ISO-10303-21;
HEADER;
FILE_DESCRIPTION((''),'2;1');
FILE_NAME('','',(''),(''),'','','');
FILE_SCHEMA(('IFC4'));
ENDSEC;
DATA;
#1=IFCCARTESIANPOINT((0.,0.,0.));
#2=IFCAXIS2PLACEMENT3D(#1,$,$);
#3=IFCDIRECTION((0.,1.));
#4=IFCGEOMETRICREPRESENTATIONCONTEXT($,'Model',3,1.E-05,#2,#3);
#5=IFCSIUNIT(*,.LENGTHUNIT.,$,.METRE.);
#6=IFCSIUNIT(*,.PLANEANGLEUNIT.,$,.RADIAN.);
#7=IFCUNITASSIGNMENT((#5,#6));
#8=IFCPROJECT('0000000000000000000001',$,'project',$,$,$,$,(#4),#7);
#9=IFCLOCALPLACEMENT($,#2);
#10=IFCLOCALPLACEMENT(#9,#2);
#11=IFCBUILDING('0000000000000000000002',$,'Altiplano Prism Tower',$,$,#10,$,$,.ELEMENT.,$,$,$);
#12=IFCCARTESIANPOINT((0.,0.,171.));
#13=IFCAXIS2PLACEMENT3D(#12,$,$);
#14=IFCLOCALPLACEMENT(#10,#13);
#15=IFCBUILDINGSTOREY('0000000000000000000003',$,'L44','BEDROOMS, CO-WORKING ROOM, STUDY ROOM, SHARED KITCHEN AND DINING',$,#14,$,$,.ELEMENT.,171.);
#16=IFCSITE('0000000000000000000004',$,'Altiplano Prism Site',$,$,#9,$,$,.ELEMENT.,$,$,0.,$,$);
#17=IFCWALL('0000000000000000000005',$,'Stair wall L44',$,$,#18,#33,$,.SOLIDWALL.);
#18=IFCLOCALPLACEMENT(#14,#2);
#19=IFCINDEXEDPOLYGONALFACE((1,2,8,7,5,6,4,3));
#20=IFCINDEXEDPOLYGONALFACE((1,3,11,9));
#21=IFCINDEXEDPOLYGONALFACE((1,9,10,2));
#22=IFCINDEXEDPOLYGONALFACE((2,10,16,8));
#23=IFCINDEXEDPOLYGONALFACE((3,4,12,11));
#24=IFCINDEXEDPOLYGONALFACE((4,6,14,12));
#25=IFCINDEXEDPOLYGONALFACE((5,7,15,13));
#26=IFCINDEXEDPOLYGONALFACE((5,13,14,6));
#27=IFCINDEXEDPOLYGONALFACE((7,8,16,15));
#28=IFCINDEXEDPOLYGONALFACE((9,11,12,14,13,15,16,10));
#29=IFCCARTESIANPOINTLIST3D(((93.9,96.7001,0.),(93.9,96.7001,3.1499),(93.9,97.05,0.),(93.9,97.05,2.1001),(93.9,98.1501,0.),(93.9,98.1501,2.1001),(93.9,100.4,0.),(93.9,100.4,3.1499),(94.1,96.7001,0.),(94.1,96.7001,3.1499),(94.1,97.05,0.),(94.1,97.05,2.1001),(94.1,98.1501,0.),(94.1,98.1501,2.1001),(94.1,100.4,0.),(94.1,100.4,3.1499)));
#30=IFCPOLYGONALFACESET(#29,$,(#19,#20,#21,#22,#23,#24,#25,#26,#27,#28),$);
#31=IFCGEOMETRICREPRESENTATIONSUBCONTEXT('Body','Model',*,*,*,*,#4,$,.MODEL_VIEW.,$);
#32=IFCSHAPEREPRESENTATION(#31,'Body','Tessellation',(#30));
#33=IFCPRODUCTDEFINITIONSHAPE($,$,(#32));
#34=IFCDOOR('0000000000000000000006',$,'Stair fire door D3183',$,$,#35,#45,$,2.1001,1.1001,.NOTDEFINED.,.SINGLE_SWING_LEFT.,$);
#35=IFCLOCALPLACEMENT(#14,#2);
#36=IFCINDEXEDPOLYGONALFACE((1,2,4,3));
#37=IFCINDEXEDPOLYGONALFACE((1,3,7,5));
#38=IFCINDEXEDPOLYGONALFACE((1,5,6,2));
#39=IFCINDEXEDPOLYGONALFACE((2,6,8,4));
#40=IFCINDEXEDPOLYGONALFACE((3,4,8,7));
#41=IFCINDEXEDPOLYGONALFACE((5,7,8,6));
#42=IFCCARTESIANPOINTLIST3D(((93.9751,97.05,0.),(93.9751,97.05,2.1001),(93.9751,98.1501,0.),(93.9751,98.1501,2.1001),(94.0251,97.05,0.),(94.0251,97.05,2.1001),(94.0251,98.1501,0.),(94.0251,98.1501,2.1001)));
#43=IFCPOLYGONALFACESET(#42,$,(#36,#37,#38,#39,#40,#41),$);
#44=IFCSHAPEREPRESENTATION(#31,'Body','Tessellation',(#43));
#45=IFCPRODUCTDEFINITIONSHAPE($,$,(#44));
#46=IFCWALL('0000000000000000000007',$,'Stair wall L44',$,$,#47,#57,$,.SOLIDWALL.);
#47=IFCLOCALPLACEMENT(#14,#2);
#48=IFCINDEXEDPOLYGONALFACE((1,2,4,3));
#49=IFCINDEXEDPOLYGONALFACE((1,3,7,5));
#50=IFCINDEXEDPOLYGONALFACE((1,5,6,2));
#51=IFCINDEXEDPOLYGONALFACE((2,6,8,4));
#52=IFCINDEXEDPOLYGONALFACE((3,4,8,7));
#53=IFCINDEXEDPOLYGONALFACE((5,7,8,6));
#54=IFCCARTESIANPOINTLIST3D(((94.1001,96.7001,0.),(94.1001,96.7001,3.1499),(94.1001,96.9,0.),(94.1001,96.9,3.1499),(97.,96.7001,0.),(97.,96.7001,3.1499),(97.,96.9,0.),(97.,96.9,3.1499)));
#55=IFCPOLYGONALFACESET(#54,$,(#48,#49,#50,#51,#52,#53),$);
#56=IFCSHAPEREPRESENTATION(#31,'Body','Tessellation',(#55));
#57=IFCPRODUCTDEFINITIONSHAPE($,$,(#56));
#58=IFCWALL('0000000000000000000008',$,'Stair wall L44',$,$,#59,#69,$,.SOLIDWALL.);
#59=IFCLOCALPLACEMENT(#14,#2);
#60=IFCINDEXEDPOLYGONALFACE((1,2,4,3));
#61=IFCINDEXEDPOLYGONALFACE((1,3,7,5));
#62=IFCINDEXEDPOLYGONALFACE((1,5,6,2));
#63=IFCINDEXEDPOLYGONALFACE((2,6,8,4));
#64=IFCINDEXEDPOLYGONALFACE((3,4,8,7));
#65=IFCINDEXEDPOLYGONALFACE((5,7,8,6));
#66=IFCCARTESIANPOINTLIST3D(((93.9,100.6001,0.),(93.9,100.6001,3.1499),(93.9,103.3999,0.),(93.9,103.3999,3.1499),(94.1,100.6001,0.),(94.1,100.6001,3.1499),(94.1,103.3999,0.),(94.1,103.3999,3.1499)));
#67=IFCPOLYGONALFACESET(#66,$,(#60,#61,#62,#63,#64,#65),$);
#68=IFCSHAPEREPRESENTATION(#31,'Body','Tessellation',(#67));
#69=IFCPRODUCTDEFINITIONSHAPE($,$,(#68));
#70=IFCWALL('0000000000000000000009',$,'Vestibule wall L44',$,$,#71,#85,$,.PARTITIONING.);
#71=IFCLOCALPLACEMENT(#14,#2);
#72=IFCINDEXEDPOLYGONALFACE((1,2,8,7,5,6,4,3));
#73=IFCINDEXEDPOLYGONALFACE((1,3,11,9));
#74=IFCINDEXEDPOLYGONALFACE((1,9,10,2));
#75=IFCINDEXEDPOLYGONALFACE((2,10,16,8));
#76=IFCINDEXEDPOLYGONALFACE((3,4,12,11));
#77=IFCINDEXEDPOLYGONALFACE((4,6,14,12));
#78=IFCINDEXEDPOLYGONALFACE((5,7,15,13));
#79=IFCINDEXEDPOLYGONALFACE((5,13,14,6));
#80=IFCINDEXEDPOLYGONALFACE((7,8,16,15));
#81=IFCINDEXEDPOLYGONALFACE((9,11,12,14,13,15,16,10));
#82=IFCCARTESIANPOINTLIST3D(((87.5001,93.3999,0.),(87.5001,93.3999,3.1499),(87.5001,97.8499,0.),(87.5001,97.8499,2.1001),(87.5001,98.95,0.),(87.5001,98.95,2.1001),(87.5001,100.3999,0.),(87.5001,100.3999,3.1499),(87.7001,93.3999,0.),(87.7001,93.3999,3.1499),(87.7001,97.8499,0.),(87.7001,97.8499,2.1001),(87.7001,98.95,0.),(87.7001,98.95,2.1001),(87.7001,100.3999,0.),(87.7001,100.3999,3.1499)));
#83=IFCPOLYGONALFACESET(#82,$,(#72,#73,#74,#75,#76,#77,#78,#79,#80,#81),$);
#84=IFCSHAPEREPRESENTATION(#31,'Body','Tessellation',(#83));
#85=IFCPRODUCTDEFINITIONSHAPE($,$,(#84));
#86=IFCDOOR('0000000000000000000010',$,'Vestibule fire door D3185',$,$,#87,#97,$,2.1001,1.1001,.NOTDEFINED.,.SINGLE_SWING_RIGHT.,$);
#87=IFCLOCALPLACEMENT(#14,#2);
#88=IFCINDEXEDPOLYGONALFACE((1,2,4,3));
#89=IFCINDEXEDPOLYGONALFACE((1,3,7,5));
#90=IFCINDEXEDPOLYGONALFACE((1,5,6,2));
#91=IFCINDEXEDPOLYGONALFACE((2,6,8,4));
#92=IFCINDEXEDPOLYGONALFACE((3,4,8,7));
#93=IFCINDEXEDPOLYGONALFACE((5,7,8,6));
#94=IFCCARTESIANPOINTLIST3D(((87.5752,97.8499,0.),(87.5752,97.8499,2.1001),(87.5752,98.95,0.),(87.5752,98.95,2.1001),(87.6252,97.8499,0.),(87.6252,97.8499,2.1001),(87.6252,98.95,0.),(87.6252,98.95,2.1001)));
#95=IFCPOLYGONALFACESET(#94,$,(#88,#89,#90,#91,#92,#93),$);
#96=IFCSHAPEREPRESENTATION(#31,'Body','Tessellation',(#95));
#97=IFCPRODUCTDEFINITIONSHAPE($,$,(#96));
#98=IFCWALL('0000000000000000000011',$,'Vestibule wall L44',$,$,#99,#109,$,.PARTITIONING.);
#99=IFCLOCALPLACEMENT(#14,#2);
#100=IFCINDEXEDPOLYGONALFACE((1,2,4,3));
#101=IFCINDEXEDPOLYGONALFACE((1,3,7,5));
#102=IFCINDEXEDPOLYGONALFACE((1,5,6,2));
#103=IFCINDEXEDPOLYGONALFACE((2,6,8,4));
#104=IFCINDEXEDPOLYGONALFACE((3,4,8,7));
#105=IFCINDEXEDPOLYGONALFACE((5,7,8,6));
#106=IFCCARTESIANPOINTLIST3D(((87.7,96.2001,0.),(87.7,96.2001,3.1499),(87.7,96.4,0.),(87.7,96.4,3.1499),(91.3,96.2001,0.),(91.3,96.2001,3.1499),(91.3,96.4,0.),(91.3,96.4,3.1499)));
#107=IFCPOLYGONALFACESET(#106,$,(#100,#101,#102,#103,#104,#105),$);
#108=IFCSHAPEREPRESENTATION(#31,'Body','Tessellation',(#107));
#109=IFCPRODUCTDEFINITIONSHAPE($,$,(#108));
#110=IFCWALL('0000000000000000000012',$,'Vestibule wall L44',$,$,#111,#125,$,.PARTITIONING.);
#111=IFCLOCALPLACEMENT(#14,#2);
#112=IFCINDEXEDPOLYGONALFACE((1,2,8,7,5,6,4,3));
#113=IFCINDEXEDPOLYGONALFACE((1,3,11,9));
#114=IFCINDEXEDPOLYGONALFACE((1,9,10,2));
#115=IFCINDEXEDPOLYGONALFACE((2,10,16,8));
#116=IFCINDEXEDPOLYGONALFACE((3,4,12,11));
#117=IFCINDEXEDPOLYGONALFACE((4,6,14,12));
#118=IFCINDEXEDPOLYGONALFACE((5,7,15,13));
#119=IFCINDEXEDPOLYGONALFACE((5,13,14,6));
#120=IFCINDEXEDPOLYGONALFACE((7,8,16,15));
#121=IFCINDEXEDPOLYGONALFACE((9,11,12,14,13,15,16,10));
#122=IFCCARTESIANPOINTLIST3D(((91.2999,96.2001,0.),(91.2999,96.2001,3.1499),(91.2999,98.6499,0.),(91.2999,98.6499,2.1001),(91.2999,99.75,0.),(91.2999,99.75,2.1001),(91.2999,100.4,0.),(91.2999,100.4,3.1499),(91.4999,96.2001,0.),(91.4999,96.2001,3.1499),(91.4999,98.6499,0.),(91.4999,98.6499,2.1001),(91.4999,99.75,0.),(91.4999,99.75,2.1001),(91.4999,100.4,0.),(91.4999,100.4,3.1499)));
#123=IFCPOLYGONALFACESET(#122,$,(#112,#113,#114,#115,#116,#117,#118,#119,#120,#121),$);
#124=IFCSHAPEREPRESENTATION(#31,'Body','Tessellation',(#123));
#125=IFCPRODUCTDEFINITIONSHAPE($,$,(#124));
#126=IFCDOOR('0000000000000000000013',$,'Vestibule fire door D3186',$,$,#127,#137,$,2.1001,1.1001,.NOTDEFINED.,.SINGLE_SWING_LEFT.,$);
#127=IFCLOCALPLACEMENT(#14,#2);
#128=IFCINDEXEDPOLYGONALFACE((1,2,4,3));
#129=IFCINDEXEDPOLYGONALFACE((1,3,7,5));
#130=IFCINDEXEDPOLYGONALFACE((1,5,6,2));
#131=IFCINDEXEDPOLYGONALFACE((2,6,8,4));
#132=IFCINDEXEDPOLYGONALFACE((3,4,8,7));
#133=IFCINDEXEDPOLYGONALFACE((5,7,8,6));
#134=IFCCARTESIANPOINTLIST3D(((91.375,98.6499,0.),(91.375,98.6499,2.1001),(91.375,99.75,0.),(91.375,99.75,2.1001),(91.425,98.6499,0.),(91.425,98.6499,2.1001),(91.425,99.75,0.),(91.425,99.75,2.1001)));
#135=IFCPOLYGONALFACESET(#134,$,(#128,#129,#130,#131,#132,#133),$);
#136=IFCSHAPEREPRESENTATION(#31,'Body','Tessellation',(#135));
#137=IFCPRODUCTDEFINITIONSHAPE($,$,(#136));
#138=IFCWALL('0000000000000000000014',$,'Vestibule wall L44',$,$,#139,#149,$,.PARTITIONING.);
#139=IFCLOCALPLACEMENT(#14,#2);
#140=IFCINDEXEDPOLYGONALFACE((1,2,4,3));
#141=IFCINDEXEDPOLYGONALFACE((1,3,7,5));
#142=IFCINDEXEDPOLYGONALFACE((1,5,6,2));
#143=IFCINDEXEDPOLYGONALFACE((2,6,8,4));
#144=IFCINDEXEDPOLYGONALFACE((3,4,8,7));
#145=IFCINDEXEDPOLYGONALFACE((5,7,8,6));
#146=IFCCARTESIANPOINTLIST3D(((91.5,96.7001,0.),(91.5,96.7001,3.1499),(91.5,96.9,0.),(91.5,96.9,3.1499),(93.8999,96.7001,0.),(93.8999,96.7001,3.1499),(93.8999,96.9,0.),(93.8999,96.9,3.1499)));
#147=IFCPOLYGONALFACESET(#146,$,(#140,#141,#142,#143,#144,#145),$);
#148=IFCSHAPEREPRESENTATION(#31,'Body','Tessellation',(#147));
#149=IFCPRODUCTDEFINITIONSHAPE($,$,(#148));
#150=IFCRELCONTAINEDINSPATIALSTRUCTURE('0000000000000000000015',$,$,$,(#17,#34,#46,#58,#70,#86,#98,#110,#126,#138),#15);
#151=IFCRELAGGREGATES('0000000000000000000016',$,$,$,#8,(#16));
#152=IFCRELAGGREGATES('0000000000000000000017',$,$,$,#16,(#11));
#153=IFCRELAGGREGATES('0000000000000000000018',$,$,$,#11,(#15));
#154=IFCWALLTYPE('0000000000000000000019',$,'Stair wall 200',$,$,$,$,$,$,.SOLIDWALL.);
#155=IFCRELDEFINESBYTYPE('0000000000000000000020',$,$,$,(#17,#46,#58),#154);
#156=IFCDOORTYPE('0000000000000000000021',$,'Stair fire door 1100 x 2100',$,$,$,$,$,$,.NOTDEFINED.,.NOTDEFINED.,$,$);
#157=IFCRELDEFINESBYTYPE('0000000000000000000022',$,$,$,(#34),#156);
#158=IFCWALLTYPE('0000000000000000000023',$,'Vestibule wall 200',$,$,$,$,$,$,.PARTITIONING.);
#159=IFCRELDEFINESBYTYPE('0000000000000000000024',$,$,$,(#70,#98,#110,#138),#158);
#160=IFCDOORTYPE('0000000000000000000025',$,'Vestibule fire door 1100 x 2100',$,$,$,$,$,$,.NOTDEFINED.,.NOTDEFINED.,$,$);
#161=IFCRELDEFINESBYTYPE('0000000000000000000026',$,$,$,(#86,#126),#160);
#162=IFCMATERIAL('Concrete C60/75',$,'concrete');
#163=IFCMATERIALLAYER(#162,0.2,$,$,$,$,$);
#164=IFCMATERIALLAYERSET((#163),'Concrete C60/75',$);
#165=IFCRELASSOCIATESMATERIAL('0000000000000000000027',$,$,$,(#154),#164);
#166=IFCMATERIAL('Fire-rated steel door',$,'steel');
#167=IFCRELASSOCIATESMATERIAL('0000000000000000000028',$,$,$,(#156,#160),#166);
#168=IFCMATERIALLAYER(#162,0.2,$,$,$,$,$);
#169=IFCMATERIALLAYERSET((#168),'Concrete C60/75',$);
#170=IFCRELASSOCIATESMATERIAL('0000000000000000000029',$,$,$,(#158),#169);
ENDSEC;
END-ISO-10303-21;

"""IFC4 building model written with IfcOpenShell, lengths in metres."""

from ifc_helpers import new_model, si_unit, direction, frame, frame_2d, origin, place, context, subcontext, project, spatial, rectangle, extrude, material, layer, layer_set, type_object, element, fill, save


model = new_model("IFC4")

# Units and contexts
model_context = context("Model", 3, precision=1e-05, world=origin(), true_north=direction((0.0, 1.0)))
body_context = subcontext(model_context, "Body", "Model", "MODEL_VIEW")
ifc_project = project(units=[si_unit("LENGTHUNIT", "METRE"), si_unit("PLANEANGLEUNIT", "RADIAN")], contexts=[model_context])

# Site, building, storey
site_placement = place(None, origin())
site = spatial("IfcSite", under=ifc_project, at=site_placement, Name="Altiplano Prism Site", CompositionType="ELEMENT", RefElevation=0.0)
building_placement = place(site_placement, origin())
building = spatial("IfcBuilding", under=site, at=building_placement, Name="Altiplano Prism Tower", CompositionType="ELEMENT")
storey_placement = place(building_placement, frame((0.0, 0.0, 171.0)))
storey = spatial("IfcBuildingStorey", under=building, at=storey_placement, Name="L44", Description="BEDROOMS, CO-WORKING ROOM, STUDY ROOM, SHARED KITCHEN AND DINING", CompositionType="ELEMENT", Elevation=171.0)

# Shared definitions
ifc_material_1 = material(Name="Concrete C60/75", Category="concrete")

# Wall, opening, door
ifc_layer_1 = layer(ifc_material_1, 0.2)
ifc_layer_set_1 = layer_set([ifc_layer_1], Name="Concrete C60/75")
wall_type_1 = type_object("IfcWallType", Name="Stair wall 200", PredefinedType="SOLIDWALL", material=ifc_layer_set_1)
wall_1_placement = place(storey_placement, frame((94.0, 96.7, 0.0), z_axis=(0.0, 0.0, 1.0), x_axis=(0.0, 1.0, 0.0)))
wall_1 = element("IfcWall", 1, at=wall_1_placement, inside=storey, type_object=wall_type_1, Name="Stair wall L44", PredefinedType="SOLIDWALL", context=body_context, shape_type="SweptSolid", body=[
    extrude(rectangle(XDim=3.7, YDim=0.2, at=frame_2d((1.8501, 0.0))), origin(), (0.0, 0.0, 1.0), 3.1499),
])
opening_1_placement = place(wall_1_placement, frame((0.3501, 0.0, 0.0)))
opening_1 = element("IfcOpeningElement", 2, at=opening_1_placement, cuts=wall_1, PredefinedType="OPENING", context=body_context, shape_type="SweptSolid", body=[
    extrude(rectangle(XDim=1.1001, YDim=2.1001, at=frame_2d((0.55, 1.05))), frame((0.0, 0.1104, 0.0), z_axis=(0.0, -1.0, 0.0), x_axis=(1.0, 0.0, 0.0)), (0.0, 0.0, 1.0), 0.2209),
])
ifc_material_2 = material(Name="Fire-rated steel door", Category="steel")
door_type_1 = type_object("IfcDoorType", Name="Stair fire door 1100 x 2100", OperationType="NOTDEFINED", PredefinedType="NOTDEFINED", material=ifc_material_2)
door_1_placement = place(opening_1_placement, origin())
door_1 = element("IfcDoor", 3, at=door_1_placement, inside=storey, type_object=door_type_1, Name="Stair fire door D3183", OperationType="SINGLE_SWING_LEFT", OverallHeight=2.1001, OverallWidth=1.1001, PredefinedType="NOTDEFINED", context=body_context, shape_type="SweptSolid", body=[
    extrude(rectangle(XDim=1.1001, YDim=2.1001, at=frame_2d((0.55, 1.05))), frame((0.0, 0.0249, 0.0), z_axis=(0.0, -1.0, 0.0), x_axis=(1.0, 0.0, 0.0)), (0.0, 0.0, 1.0), 0.05),
])
fill(opening_1, door_1)

# Walls
wall_2_placement = place(storey_placement, frame((94.1001, 96.8, 0.0), z_axis=(0.0, 0.0, 1.0), x_axis=(1.0, 0.0, 0.0)))
element("IfcWall", 4, at=wall_2_placement, inside=storey, type_object=wall_type_1, Name="Stair wall L44", PredefinedType="SOLIDWALL", context=body_context, shape_type="SweptSolid", body=[
    extrude(rectangle(XDim=2.8999, YDim=0.2, at=frame_2d((1.45, 0.0))), origin(), (0.0, 0.0, 1.0), 3.1499),
])
wall_3_placement = place(storey_placement, frame((94.0, 100.6001, 0.0), z_axis=(0.0, 0.0, 1.0), x_axis=(0.0, 1.0, 0.0)))
element("IfcWall", 5, at=wall_3_placement, inside=storey, type_object=wall_type_1, Name="Stair wall L44", PredefinedType="SOLIDWALL", context=body_context, shape_type="SweptSolid", body=[
    extrude(rectangle(XDim=2.7998, YDim=0.2, at=frame_2d((1.3999, 0.0))), origin(), (0.0, 0.0, 1.0), 3.1499),
])

# Wall, opening, door
ifc_layer_2 = layer(ifc_material_1, 0.2)
ifc_layer_set_2 = layer_set([ifc_layer_2], Name="Concrete C60/75")
wall_type_2 = type_object("IfcWallType", Name="Vestibule wall 200", PredefinedType="PARTITIONING", material=ifc_layer_set_2)
wall_4_placement = place(storey_placement, frame((87.6001, 93.3999, 0.0), z_axis=(0.0, 0.0, 1.0), x_axis=(0.0, 1.0, 0.0)))
wall_4 = element("IfcWall", 6, at=wall_4_placement, inside=storey, type_object=wall_type_2, Name="Vestibule wall L44", PredefinedType="PARTITIONING", context=body_context, shape_type="SweptSolid", body=[
    extrude(rectangle(XDim=7.0, YDim=0.2, at=frame_2d((3.5, 0.0))), origin(), (0.0, 0.0, 1.0), 3.1499),
])
opening_2_placement = place(wall_4_placement, frame((4.45, 0.0, 0.0)))
opening_2 = element("IfcOpeningElement", 7, at=opening_2_placement, cuts=wall_4, PredefinedType="OPENING", context=body_context, shape_type="SweptSolid", body=[
    extrude(rectangle(XDim=1.1001, YDim=2.1001, at=frame_2d((0.55, 1.05))), frame((0.0, 0.1104, 0.0), z_axis=(0.0, -1.0, 0.0), x_axis=(1.0, 0.0, 0.0)), (0.0, 0.0, 1.0), 0.2209),
])
door_type_2 = type_object("IfcDoorType", Name="Vestibule fire door 1100 x 2100", OperationType="NOTDEFINED", PredefinedType="NOTDEFINED", material=ifc_material_2)
door_2_placement = place(opening_2_placement, origin())
door_2 = element("IfcDoor", 8, at=door_2_placement, inside=storey, type_object=door_type_2, Name="Vestibule fire door D3185", OperationType="SINGLE_SWING_RIGHT", OverallHeight=2.1001, OverallWidth=1.1001, PredefinedType="NOTDEFINED", context=body_context, shape_type="SweptSolid", body=[
    extrude(rectangle(XDim=1.1001, YDim=2.1001, at=frame_2d((0.55, 1.05))), frame((0.0, 0.0249, 0.0), z_axis=(0.0, -1.0, 0.0), x_axis=(1.0, 0.0, 0.0)), (0.0, 0.0, 1.0), 0.05),
])
fill(opening_2, door_2)

# Wall
wall_5_placement = place(storey_placement, frame((87.7, 96.3, 0.0), z_axis=(0.0, 0.0, 1.0), x_axis=(1.0, 0.0, 0.0)))
element("IfcWall", 9, at=wall_5_placement, inside=storey, type_object=wall_type_2, Name="Vestibule wall L44", PredefinedType="PARTITIONING", context=body_context, shape_type="SweptSolid", body=[
    extrude(rectangle(XDim=3.6001, YDim=0.2, at=frame_2d((1.8, 0.0))), origin(), (0.0, 0.0, 1.0), 3.1499),
])

# Wall, opening, door
wall_6_placement = place(storey_placement, frame((91.3999, 96.2, 0.0), z_axis=(0.0, 0.0, 1.0), x_axis=(0.0, 1.0, 0.0)))
wall_6 = element("IfcWall", 10, at=wall_6_placement, inside=storey, type_object=wall_type_2, Name="Vestibule wall L44", PredefinedType="PARTITIONING", context=body_context, shape_type="SweptSolid", body=[
    extrude(rectangle(XDim=4.2, YDim=0.2, at=frame_2d((2.1001, 0.0))), origin(), (0.0, 0.0, 1.0), 3.1499),
])
opening_3_placement = place(wall_6_placement, frame((2.45, 0.0, 0.0)))
opening_3 = element("IfcOpeningElement", 11, at=opening_3_placement, cuts=wall_6, PredefinedType="OPENING", context=body_context, shape_type="SweptSolid", body=[
    extrude(rectangle(XDim=1.1001, YDim=2.1001, at=frame_2d((0.55, 1.05))), frame((0.0, 0.1104, 0.0), z_axis=(0.0, -1.0, 0.0), x_axis=(1.0, 0.0, 0.0)), (0.0, 0.0, 1.0), 0.2209),
])
door_3_placement = place(opening_3_placement, origin())
door_3 = element("IfcDoor", 12, at=door_3_placement, inside=storey, type_object=door_type_2, Name="Vestibule fire door D3186", OperationType="SINGLE_SWING_LEFT", OverallHeight=2.1001, OverallWidth=1.1001, PredefinedType="NOTDEFINED", context=body_context, shape_type="SweptSolid", body=[
    extrude(rectangle(XDim=1.1001, YDim=2.1001, at=frame_2d((0.55, 1.05))), frame((0.0, 0.0249, 0.0), z_axis=(0.0, -1.0, 0.0), x_axis=(1.0, 0.0, 0.0)), (0.0, 0.0, 1.0), 0.05),
])
fill(opening_3, door_3)

# Wall
wall_7_placement = place(storey_placement, frame((91.5, 96.8, 0.0), z_axis=(0.0, 0.0, 1.0), x_axis=(1.0, 0.0, 0.0)))
element("IfcWall", 13, at=wall_7_placement, inside=storey, type_object=wall_type_2, Name="Vestibule wall L44", PredefinedType="PARTITIONING", context=body_context, shape_type="SweptSolid", body=[
    extrude(rectangle(XDim=2.3999, YDim=0.2, at=frame_2d((1.2, 0.0))), origin(), (0.0, 0.0, 1.0), 3.1499),
])

save(model, "model.ifc")
